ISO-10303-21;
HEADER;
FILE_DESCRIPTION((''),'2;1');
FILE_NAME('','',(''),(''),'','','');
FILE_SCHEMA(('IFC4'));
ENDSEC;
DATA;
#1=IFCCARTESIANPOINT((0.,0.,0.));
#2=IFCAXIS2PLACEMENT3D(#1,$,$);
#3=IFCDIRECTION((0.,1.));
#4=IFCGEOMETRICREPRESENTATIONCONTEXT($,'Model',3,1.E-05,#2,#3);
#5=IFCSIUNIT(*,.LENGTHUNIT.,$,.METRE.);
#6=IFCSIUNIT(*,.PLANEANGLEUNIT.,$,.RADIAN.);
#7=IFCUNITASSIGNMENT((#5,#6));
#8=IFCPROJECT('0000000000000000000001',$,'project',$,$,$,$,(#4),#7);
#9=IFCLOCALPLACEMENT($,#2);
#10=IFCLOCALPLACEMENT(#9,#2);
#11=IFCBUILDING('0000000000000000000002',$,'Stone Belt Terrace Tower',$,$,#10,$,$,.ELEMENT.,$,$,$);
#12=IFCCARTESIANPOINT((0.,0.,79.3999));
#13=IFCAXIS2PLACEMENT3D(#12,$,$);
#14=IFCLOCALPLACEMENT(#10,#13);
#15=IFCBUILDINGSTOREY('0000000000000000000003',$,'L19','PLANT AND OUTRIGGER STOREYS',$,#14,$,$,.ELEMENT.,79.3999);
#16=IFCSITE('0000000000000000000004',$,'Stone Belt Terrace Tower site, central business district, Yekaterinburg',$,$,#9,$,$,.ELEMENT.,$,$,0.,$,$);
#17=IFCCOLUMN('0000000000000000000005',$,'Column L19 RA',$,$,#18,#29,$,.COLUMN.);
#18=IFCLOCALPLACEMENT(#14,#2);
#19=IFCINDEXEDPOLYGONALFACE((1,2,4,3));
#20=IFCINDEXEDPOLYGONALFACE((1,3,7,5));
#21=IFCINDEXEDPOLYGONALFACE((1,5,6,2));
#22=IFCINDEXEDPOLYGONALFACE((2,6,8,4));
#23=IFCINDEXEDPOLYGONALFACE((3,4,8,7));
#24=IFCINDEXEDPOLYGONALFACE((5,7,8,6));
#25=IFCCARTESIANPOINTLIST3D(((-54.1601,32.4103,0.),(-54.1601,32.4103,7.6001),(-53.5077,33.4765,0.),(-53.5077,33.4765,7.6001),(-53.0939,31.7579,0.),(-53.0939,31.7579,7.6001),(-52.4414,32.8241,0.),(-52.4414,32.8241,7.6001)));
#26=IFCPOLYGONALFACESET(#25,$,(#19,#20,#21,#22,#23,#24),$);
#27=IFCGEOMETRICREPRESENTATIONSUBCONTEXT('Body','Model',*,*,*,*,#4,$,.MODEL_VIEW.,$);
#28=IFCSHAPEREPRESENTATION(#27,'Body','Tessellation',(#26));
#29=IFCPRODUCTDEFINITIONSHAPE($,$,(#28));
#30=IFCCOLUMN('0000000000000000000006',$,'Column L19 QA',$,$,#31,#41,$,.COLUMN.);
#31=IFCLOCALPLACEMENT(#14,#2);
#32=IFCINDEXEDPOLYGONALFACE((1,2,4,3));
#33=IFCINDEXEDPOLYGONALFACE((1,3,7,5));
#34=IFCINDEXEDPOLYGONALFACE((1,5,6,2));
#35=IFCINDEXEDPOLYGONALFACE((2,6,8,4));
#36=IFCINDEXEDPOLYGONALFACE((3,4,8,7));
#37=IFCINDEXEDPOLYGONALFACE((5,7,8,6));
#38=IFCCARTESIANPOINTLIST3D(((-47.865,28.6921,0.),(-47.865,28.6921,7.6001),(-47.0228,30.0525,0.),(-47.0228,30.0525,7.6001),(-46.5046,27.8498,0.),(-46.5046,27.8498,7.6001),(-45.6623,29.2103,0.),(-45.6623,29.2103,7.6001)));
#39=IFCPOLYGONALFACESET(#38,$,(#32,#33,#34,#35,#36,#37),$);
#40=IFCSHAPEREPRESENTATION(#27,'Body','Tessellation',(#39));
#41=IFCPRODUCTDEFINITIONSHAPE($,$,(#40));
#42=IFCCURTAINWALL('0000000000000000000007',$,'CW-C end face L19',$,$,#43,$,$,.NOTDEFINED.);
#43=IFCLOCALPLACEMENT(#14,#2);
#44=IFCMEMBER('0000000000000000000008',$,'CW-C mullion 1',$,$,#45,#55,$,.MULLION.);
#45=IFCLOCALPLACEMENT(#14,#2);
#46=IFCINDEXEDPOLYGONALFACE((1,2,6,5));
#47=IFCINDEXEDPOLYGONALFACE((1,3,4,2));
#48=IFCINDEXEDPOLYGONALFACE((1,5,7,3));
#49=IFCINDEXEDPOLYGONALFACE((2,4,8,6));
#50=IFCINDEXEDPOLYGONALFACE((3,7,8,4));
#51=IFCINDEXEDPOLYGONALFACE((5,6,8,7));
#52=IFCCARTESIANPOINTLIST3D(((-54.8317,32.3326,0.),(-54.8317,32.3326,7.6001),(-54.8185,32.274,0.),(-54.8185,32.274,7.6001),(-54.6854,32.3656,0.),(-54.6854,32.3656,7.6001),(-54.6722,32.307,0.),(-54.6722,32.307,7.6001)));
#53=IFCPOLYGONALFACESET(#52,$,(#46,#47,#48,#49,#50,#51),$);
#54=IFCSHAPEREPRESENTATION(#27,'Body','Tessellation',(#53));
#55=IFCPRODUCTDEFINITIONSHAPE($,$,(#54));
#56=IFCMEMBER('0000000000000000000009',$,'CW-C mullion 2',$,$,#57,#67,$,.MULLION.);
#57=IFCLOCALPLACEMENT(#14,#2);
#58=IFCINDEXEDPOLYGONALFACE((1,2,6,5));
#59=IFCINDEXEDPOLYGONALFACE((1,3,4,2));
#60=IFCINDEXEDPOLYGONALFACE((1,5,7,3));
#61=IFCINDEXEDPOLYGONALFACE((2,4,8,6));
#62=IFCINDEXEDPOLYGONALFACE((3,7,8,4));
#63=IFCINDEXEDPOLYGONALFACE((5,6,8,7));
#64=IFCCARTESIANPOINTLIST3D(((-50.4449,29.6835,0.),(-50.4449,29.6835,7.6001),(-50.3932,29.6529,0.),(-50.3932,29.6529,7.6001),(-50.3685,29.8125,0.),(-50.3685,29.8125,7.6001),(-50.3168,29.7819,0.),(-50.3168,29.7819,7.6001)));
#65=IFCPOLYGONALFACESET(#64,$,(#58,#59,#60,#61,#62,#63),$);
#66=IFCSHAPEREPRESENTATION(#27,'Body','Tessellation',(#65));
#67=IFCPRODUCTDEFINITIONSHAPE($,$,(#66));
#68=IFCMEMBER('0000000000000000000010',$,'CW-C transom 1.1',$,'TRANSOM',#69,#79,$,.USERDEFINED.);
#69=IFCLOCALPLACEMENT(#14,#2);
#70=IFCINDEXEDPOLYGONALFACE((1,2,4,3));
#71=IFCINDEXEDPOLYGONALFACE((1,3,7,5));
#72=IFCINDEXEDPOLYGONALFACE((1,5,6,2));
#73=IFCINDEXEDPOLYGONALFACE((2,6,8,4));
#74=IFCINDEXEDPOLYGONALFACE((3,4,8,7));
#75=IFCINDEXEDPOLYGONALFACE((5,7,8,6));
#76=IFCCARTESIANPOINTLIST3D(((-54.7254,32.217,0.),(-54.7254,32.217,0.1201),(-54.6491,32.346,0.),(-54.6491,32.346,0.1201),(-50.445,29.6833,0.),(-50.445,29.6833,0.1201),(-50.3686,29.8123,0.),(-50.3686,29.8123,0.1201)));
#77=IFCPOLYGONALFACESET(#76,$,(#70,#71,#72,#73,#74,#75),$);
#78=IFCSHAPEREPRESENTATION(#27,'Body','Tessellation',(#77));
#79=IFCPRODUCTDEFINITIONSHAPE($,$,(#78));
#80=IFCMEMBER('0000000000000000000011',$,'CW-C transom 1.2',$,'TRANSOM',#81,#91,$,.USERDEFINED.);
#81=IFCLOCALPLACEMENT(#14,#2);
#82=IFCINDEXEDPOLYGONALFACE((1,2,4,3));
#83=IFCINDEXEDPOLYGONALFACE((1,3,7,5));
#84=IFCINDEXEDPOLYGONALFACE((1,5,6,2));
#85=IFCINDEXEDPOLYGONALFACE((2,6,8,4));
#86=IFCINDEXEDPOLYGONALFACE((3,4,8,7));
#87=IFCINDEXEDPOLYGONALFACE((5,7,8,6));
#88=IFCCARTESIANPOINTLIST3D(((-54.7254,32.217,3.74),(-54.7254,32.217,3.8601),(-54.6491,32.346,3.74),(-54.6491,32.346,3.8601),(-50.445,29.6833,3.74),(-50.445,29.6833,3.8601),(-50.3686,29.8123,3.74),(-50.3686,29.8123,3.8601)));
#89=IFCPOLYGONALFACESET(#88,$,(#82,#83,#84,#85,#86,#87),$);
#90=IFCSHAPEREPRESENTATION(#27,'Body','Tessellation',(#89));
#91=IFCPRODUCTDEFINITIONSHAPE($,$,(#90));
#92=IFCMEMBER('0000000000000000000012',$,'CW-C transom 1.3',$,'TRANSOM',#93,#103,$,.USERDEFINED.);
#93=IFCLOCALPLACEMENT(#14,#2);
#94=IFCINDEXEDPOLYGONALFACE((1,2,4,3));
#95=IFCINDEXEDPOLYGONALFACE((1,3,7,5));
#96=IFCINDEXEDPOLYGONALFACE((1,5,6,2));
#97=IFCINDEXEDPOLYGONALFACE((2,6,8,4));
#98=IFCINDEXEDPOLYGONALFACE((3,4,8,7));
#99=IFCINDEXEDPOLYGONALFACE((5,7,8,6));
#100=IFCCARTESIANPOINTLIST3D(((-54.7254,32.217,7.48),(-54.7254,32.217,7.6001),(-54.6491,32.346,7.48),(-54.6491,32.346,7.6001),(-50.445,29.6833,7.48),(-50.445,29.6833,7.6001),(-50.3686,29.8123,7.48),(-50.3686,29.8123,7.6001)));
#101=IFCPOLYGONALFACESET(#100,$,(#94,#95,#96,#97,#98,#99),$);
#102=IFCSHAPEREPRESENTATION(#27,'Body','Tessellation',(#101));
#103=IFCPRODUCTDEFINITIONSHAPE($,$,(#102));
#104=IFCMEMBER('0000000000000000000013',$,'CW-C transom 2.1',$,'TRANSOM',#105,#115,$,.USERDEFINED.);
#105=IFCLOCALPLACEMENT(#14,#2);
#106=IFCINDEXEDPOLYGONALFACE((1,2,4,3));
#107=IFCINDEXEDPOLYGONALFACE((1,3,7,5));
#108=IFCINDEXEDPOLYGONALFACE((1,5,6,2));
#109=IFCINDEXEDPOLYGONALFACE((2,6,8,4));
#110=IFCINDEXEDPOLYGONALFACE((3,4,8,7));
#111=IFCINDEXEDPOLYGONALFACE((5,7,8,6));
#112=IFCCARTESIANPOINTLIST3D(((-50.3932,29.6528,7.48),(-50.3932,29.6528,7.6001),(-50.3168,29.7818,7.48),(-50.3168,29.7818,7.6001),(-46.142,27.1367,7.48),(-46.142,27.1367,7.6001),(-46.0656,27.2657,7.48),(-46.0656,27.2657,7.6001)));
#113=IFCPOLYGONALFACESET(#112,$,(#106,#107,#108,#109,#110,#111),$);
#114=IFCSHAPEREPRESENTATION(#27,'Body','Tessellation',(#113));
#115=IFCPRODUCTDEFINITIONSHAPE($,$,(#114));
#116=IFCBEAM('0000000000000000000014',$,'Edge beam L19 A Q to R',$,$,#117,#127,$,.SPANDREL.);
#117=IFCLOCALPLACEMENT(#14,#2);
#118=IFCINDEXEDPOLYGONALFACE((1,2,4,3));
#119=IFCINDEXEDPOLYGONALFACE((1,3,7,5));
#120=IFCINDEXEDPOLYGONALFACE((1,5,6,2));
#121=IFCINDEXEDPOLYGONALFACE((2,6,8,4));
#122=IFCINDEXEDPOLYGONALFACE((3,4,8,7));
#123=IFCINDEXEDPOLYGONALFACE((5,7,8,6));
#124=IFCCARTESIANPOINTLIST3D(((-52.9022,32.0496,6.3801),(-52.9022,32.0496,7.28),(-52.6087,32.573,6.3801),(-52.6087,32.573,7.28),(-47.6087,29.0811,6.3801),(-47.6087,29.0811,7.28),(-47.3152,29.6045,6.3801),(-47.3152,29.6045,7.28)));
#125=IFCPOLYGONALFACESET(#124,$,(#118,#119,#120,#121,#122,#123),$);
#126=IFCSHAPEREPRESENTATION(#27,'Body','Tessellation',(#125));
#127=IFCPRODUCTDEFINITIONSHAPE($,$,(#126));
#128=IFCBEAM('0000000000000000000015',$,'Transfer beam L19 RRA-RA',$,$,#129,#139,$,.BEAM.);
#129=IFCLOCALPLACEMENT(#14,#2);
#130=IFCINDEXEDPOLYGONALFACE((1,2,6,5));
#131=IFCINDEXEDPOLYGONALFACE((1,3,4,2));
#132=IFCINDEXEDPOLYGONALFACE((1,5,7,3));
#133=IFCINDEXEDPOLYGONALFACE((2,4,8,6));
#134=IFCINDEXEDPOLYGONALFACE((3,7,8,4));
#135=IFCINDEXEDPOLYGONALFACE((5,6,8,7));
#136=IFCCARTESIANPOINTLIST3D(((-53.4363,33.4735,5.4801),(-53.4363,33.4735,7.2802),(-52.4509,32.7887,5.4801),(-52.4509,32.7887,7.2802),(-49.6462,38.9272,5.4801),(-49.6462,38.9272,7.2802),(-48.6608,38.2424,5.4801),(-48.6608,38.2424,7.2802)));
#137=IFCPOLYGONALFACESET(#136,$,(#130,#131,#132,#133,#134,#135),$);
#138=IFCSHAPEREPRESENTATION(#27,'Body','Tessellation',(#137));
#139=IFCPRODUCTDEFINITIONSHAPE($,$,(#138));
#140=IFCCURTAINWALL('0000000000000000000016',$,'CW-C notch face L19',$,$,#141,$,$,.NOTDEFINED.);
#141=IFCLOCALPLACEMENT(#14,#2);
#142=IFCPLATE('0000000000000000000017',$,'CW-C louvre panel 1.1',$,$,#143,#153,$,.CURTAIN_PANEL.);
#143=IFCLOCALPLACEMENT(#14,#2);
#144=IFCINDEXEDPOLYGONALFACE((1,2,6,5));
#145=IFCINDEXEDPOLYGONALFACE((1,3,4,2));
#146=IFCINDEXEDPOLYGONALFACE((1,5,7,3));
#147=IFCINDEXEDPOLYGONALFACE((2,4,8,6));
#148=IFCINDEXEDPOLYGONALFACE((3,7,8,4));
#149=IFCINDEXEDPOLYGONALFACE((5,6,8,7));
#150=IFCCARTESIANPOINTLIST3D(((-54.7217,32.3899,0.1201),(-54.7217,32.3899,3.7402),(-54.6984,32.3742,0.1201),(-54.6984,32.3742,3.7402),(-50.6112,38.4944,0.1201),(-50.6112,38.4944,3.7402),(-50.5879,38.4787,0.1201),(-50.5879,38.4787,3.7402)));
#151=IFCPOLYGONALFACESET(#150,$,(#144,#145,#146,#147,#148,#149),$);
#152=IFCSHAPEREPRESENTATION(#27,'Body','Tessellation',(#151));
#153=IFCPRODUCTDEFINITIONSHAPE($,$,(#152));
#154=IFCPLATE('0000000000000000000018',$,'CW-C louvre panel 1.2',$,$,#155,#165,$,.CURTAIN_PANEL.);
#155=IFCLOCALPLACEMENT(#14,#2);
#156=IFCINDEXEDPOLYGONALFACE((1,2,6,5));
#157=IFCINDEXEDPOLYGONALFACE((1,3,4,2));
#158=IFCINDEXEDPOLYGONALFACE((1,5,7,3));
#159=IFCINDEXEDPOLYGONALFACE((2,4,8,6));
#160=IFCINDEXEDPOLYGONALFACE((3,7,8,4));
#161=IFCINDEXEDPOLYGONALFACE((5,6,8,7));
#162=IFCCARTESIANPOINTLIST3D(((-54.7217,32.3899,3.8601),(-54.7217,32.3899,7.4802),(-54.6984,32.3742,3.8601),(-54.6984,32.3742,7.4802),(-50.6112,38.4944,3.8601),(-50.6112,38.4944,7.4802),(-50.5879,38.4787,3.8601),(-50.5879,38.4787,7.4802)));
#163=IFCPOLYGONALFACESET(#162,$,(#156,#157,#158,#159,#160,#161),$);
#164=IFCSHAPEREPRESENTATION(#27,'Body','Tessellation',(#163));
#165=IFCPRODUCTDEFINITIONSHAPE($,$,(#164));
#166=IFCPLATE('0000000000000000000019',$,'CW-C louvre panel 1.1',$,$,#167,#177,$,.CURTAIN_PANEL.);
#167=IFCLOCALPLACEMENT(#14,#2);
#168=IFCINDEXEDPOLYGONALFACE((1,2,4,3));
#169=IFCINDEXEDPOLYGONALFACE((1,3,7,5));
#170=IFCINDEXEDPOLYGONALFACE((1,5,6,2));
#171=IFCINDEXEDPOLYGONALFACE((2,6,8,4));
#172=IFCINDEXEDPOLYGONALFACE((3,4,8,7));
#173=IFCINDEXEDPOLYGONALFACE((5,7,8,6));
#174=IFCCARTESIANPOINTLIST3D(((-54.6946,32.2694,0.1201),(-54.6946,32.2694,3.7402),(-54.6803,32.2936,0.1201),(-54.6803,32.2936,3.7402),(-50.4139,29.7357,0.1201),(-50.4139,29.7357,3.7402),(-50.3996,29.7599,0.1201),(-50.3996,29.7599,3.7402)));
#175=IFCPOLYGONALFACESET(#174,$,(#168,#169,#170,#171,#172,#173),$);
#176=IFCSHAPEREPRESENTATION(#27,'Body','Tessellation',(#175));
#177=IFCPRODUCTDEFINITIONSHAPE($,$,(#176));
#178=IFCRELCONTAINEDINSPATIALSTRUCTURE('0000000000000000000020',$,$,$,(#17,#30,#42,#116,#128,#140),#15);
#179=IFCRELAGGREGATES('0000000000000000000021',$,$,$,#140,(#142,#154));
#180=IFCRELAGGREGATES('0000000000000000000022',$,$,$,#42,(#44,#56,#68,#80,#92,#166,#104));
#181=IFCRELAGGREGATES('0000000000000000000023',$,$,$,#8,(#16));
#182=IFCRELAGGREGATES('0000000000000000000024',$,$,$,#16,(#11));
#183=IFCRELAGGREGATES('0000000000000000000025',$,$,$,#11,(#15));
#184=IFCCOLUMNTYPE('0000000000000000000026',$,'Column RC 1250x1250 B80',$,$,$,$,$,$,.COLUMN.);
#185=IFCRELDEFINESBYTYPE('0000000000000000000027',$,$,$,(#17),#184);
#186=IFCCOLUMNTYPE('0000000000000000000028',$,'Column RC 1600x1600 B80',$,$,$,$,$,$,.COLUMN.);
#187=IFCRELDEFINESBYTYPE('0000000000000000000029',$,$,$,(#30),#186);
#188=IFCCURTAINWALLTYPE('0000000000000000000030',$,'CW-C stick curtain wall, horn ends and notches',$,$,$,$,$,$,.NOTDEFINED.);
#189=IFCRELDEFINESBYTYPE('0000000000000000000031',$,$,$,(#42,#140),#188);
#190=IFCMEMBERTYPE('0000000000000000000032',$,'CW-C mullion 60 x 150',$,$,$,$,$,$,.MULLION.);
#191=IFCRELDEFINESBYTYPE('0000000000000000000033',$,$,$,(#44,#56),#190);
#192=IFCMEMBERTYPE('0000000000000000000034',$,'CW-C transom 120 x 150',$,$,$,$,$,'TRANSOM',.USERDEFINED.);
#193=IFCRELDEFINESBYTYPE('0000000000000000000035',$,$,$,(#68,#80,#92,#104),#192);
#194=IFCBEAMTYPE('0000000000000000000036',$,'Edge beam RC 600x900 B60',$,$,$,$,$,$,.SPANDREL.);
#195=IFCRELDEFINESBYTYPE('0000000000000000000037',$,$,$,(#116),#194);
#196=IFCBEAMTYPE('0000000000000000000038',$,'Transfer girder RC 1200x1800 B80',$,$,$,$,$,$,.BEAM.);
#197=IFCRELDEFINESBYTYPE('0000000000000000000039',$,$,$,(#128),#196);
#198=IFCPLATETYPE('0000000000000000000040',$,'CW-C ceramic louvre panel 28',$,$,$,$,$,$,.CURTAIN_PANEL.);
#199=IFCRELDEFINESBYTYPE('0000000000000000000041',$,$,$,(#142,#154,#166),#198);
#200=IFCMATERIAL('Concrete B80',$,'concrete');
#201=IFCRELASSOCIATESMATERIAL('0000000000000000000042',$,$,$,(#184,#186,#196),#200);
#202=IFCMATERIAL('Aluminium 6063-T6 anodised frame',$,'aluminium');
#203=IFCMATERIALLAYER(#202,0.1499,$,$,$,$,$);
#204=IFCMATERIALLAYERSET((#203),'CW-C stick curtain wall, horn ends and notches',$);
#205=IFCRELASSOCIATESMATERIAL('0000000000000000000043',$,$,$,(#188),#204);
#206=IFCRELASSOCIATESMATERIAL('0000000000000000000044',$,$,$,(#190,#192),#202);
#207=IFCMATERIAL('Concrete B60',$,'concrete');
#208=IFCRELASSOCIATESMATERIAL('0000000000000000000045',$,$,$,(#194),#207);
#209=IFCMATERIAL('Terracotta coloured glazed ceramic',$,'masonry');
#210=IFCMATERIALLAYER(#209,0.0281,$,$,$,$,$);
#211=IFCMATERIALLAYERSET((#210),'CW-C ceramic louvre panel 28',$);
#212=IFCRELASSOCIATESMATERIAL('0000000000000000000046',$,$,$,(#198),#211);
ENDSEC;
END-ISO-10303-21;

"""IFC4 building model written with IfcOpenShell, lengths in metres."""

from ifc_helpers import new_model, si_unit, direction, frame, origin, origin_2d, place, context, subcontext, project, spatial, rectangle, extrude, material, layer, layer_set, material_profile, profile_set, type_object, element, aggregate, save


model = new_model("IFC4")

# Units and contexts
model_context = context("Model", 3, precision=1e-05, world=origin(), true_north=direction((0.0, 1.0)))
body_context = subcontext(model_context, "Body", "Model", "MODEL_VIEW")
ifc_project = project(units=[si_unit("LENGTHUNIT", "METRE"), si_unit("PLANEANGLEUNIT", "RADIAN")], contexts=[model_context])

# Site, building, storey
site_placement = place(None, origin())
site = spatial("IfcSite", under=ifc_project, at=site_placement, Name="Stone Belt Terrace Tower site, central business district, Yekaterinburg", CompositionType="ELEMENT", RefElevation=0.0)
building_placement = place(site_placement, origin())
building = spatial("IfcBuilding", under=site, at=building_placement, Name="Stone Belt Terrace Tower", CompositionType="ELEMENT")
storey_placement = place(building_placement, frame((0.0, 0.0, 79.3999)))
storey = spatial("IfcBuildingStorey", under=building, at=storey_placement, Name="L19", Description="PLANT AND OUTRIGGER STOREYS", CompositionType="ELEMENT", Elevation=79.3999)

# Columns
ifc_material_1 = material(Name="Concrete B80", Category="concrete")
ifc_material_profile_1 = material_profile(ifc_material_1, rectangle(XDim=1.25, YDim=1.25, at=origin_2d()), Name="RC 1250x1250")
ifc_profile_set_1 = profile_set([ifc_material_profile_1], Name="Concrete B80")
column_type_1 = type_object("IfcColumnType", Name="Column RC 1250x1250 B80", PredefinedType="COLUMN", material=ifc_profile_set_1)
column_1_placement = place(storey_placement, frame((-53.3008, 32.6172, 0.0), z_axis=(0.0, 0.0, 1.0), x_axis=(0.521967, 0.852966, 0.0)))
element("IfcColumn", 1, at=column_1_placement, inside=storey, type_object=column_type_1, Name="Column L19 RA", PredefinedType="COLUMN", context=body_context, shape_type="SweptSolid", body=[
    extrude(rectangle(XDim=1.25, YDim=1.25, at=origin_2d()), origin(), (0.0, 0.0, 1.0), 7.6001),
])
ifc_material_profile_2 = material_profile(ifc_material_1, rectangle(XDim=1.6001, YDim=1.6001, at=origin_2d()), Name="RC 1600x1600")
ifc_profile_set_2 = profile_set([ifc_material_profile_2], Name="Concrete B80")
column_type_2 = type_object("IfcColumnType", Name="Column RC 1600x1600 B80", PredefinedType="COLUMN", material=ifc_profile_set_2)
column_2_placement = place(storey_placement, frame((-46.7637, 28.9512, 0.0), z_axis=(0.0, 0.0, 1.0), x_axis=(0.526383, 0.850248, 0.0)))
element("IfcColumn", 2, at=column_2_placement, inside=storey, type_object=column_type_2, Name="Column L19 QA", PredefinedType="COLUMN", context=body_context, shape_type="SweptSolid", body=[
    extrude(rectangle(XDim=1.6001, YDim=1.6001, at=origin_2d()), origin(), (0.0, 0.0, 1.0), 7.6001),
])

# Curtain wall, members
ifc_material_2 = material(Name="Aluminium 6063-T6 anodised frame", Category="aluminium")
ifc_layer_1 = layer(ifc_material_2, 0.1499)
ifc_layer_set_1 = layer_set([ifc_layer_1], Name="CW-C stick curtain wall, horn ends and notches")
curtain_wall_type = type_object("IfcCurtainWallType", Name="CW-C stick curtain wall, horn ends and notches", PredefinedType="NOTDEFINED", material=ifc_layer_set_1)
curtain_wall_1_placement = place(storey_placement, origin())
curtain_wall_1 = element("IfcCurtainWall", 3, at=curtain_wall_1_placement, inside=storey, type_object=curtain_wall_type, Name="CW-C end face L19", PredefinedType="NOTDEFINED")
ifc_material_profile_3 = material_profile(ifc_material_2, rectangle(XDim=0.1499, YDim=0.0601, at=origin_2d()), Name="Aluminium 6063-T6 60x150")
ifc_profile_set_3 = profile_set([ifc_material_profile_3], Name="Aluminium 6063-T6 anodised frame")
member_type_1 = type_object("IfcMemberType", Name="CW-C mullion 60 x 150", PredefinedType="MULLION", material=ifc_profile_set_3)
member_1_placement = place(storey_placement, frame((-54.752, 32.3198, 0.0), z_axis=(0.0, 0.0, 1.0), x_axis=(0.975487, 0.220059, 0.0)))
member_1 = element("IfcMember", 4, at=member_1_placement, type_object=member_type_1, Name="CW-C mullion 1", PredefinedType="MULLION", context=body_context, shape_type="SweptSolid", body=[
    extrude(rectangle(XDim=0.1499, YDim=0.0601, at=origin_2d()), origin(), (0.0, 0.0, 1.0), 7.6001),
])
member_2_placement = place(storey_placement, frame((-50.3809, 29.7327, 0.0), z_axis=(0.0, 0.0, 1.0), x_axis=(0.509353, 0.860558, 0.0)))
member_2 = element("IfcMember", 5, at=member_2_placement, type_object=member_type_1, Name="CW-C mullion 2", PredefinedType="MULLION", context=body_context, shape_type="SweptSolid", body=[
    extrude(rectangle(XDim=0.1499, YDim=0.0601, at=origin_2d()), origin(), (0.0, 0.0, 1.0), 7.6001),
])
ifc_material_profile_4 = material_profile(ifc_material_2, rectangle(XDim=0.1499, YDim=0.1201, at=origin_2d()), Name="Aluminium 6063-T6 150x120")
ifc_profile_set_4 = profile_set([ifc_material_profile_4], Name="Aluminium 6063-T6 anodised frame")
member_type_2 = type_object("IfcMemberType", Name="CW-C transom 120 x 150", ElementType="TRANSOM", PredefinedType="USERDEFINED", material=ifc_profile_set_4)
member_3_placement = place(storey_placement, frame((-54.6873, 32.2815, 0.0601), z_axis=(0.860548, -0.509369, 0.0), x_axis=(0.509369, 0.860548, 0.0)))
member_3 = element("IfcMember", 6, at=member_3_placement, type_object=member_type_2, Name="CW-C transom 1.1", ObjectType="TRANSOM", PredefinedType="USERDEFINED", context=body_context, shape_type="SweptSolid", body=[
    extrude(rectangle(XDim=0.1499, YDim=0.1201, at=origin_2d()), origin(), (0.0, 0.0, 1.0), 4.9741),
])
member_4_placement = place(storey_placement, frame((-54.6873, 32.2815, 3.8), z_axis=(0.860548, -0.509369, 0.0), x_axis=(0.509369, 0.860548, 0.0)))
member_4 = element("IfcMember", 7, at=member_4_placement, type_object=member_type_2, Name="CW-C transom 1.2", ObjectType="TRANSOM", PredefinedType="USERDEFINED", context=body_context, shape_type="SweptSolid", body=[
    extrude(rectangle(XDim=0.1499, YDim=0.1201, at=origin_2d()), origin(), (0.0, 0.0, 1.0), 4.9741),
])
member_5_placement = place(storey_placement, frame((-54.6873, 32.2815, 7.54), z_axis=(0.860548, -0.509369, 0.0), x_axis=(0.509369, 0.860548, 0.0)))
member_5 = element("IfcMember", 8, at=member_5_placement, type_object=member_type_2, Name="CW-C transom 1.3", ObjectType="TRANSOM", PredefinedType="USERDEFINED", context=body_context, shape_type="SweptSolid", body=[
    extrude(rectangle(XDim=0.1499, YDim=0.1201, at=origin_2d()), origin(), (0.0, 0.0, 1.0), 4.9741),
])
member_6_placement = place(storey_placement, frame((-50.355, 29.7173, 7.54), z_axis=(0.860569, -0.509334, 0.0), x_axis=(0.509334, 0.860569, 0.0)))
member_6 = element("IfcMember", 9, at=member_6_placement, type_object=member_type_2, Name="CW-C transom 2.1", ObjectType="TRANSOM", PredefinedType="USERDEFINED", context=body_context, shape_type="SweptSolid", body=[
    extrude(rectangle(XDim=0.1499, YDim=0.1201, at=origin_2d()), origin(), (0.0, 0.0, 1.0), 4.9399),
])

# Beams
ifc_material_3 = material(Name="Concrete B60", Category="concrete")
ifc_material_profile_5 = material_profile(ifc_material_3, rectangle(XDim=0.6001, YDim=0.8999, at=origin_2d()), Name="RC 600x900")
ifc_profile_set_5 = profile_set([ifc_material_profile_5], Name="Concrete B60")
beam_type_1 = type_object("IfcBeamType", Name="Edge beam RC 600x900 B60", PredefinedType="SPANDREL", material=ifc_profile_set_5)
beam_1_placement = place(storey_placement, frame((-47.4619, 29.3428, 6.8301), z_axis=(-0.872213, 0.489126, 0.0), x_axis=(-0.489126, -0.872213, 0.0)))
element("IfcBeam", 10, at=beam_1_placement, inside=storey, type_object=beam_type_1, Name="Edge beam L19 A Q to R", PredefinedType="SPANDREL", context=body_context, shape_type="SweptSolid", body=[
    extrude(rectangle(XDim=0.6001, YDim=0.8999, at=origin_2d()), origin(), (0.0, 0.0, 1.0), 6.0691),
])
ifc_material_profile_6 = material_profile(ifc_material_1, rectangle(XDim=1.2, YDim=1.8, at=origin_2d()), Name="RC 1200x1800")
ifc_profile_set_6 = profile_set([ifc_material_profile_6], Name="Concrete B80")
beam_type_2 = type_object("IfcBeamType", Name="Transfer girder RC 1200x1800 B80", PredefinedType="BEAM", material=ifc_profile_set_6)
beam_2_placement = place(storey_placement, frame((-52.9436, 33.1311, 6.3801), z_axis=(0.570681, 0.821172, 0.0), x_axis=(-0.821172, 0.570681, 0.0)))
element("IfcBeam", 11, at=beam_2_placement, inside=storey, type_object=beam_type_2, Name="Transfer beam L19 RRA-RA", PredefinedType="BEAM", context=body_context, shape_type="SweptSolid", body=[
    extrude(rectangle(XDim=1.2, YDim=1.8, at=origin_2d()), origin(), (0.0, 0.0, 1.0), 6.6414),
])

# Curtain wall, plates
curtain_wall_2_placement = place(storey_placement, origin())
curtain_wall_2 = element("IfcCurtainWall", 12, at=curtain_wall_2_placement, inside=storey, type_object=curtain_wall_type, Name="CW-C notch face L19", PredefinedType="NOTDEFINED")
ifc_material_4 = material(Name="Terracotta coloured glazed ceramic", Category="masonry")
ifc_layer_2 = layer(ifc_material_4, 0.0281)
ifc_layer_set_2 = layer_set([ifc_layer_2], Name="CW-C ceramic louvre panel 28")
plate_type = type_object("IfcPlateType", Name="CW-C ceramic louvre panel 28", PredefinedType="CURTAIN_PANEL", material=ifc_layer_set_2)
plate_1_placement = place(storey_placement, frame((-52.6548, 35.4343, 0.1201), z_axis=(0.0, 0.0, 1.0), x_axis=(-0.558532, -0.829483, 0.0)))
plate_1 = element("IfcPlate", 13, at=plate_1_placement, type_object=plate_type, Name="CW-C louvre panel 1.1", PredefinedType="CURTAIN_PANEL", context=body_context, shape_type="SweptSolid", body=[
    extrude(rectangle(XDim=7.3594, YDim=0.0281, at=origin_2d()), origin(), (0.0, 0.0, 1.0), 3.6201),
])
plate_2_placement = place(storey_placement, frame((-52.6548, 35.4343, 3.8601), z_axis=(0.0, 0.0, 1.0), x_axis=(-0.558532, -0.829483, 0.0)))
plate_2 = element("IfcPlate", 14, at=plate_2_placement, type_object=plate_type, Name="CW-C louvre panel 1.2", PredefinedType="CURTAIN_PANEL", context=body_context, shape_type="SweptSolid", body=[
    extrude(rectangle(XDim=7.3594, YDim=0.0281, at=origin_2d()), origin(), (0.0, 0.0, 1.0), 3.6201),
])
aggregate(curtain_wall_2, [plate_1, plate_2])

# Plate
plate_3_placement = place(storey_placement, frame((-52.5471, 31.0146, 0.1201), z_axis=(0.0, 0.0, 1.0), x_axis=(0.860558, -0.509353, 0.0)))
plate_3 = element("IfcPlate", 15, at=plate_3_placement, type_object=plate_type, Name="CW-C louvre panel 1.1", PredefinedType="CURTAIN_PANEL", context=body_context, shape_type="SweptSolid", body=[
    extrude(rectangle(XDim=4.9744, YDim=0.0281, at=origin_2d()), origin(), (0.0, 0.0, 1.0), 3.6201),
])
aggregate(curtain_wall_1, [member_1, member_2, member_3, member_4, member_5, plate_3, member_6])

save(model, "model.ifc")
